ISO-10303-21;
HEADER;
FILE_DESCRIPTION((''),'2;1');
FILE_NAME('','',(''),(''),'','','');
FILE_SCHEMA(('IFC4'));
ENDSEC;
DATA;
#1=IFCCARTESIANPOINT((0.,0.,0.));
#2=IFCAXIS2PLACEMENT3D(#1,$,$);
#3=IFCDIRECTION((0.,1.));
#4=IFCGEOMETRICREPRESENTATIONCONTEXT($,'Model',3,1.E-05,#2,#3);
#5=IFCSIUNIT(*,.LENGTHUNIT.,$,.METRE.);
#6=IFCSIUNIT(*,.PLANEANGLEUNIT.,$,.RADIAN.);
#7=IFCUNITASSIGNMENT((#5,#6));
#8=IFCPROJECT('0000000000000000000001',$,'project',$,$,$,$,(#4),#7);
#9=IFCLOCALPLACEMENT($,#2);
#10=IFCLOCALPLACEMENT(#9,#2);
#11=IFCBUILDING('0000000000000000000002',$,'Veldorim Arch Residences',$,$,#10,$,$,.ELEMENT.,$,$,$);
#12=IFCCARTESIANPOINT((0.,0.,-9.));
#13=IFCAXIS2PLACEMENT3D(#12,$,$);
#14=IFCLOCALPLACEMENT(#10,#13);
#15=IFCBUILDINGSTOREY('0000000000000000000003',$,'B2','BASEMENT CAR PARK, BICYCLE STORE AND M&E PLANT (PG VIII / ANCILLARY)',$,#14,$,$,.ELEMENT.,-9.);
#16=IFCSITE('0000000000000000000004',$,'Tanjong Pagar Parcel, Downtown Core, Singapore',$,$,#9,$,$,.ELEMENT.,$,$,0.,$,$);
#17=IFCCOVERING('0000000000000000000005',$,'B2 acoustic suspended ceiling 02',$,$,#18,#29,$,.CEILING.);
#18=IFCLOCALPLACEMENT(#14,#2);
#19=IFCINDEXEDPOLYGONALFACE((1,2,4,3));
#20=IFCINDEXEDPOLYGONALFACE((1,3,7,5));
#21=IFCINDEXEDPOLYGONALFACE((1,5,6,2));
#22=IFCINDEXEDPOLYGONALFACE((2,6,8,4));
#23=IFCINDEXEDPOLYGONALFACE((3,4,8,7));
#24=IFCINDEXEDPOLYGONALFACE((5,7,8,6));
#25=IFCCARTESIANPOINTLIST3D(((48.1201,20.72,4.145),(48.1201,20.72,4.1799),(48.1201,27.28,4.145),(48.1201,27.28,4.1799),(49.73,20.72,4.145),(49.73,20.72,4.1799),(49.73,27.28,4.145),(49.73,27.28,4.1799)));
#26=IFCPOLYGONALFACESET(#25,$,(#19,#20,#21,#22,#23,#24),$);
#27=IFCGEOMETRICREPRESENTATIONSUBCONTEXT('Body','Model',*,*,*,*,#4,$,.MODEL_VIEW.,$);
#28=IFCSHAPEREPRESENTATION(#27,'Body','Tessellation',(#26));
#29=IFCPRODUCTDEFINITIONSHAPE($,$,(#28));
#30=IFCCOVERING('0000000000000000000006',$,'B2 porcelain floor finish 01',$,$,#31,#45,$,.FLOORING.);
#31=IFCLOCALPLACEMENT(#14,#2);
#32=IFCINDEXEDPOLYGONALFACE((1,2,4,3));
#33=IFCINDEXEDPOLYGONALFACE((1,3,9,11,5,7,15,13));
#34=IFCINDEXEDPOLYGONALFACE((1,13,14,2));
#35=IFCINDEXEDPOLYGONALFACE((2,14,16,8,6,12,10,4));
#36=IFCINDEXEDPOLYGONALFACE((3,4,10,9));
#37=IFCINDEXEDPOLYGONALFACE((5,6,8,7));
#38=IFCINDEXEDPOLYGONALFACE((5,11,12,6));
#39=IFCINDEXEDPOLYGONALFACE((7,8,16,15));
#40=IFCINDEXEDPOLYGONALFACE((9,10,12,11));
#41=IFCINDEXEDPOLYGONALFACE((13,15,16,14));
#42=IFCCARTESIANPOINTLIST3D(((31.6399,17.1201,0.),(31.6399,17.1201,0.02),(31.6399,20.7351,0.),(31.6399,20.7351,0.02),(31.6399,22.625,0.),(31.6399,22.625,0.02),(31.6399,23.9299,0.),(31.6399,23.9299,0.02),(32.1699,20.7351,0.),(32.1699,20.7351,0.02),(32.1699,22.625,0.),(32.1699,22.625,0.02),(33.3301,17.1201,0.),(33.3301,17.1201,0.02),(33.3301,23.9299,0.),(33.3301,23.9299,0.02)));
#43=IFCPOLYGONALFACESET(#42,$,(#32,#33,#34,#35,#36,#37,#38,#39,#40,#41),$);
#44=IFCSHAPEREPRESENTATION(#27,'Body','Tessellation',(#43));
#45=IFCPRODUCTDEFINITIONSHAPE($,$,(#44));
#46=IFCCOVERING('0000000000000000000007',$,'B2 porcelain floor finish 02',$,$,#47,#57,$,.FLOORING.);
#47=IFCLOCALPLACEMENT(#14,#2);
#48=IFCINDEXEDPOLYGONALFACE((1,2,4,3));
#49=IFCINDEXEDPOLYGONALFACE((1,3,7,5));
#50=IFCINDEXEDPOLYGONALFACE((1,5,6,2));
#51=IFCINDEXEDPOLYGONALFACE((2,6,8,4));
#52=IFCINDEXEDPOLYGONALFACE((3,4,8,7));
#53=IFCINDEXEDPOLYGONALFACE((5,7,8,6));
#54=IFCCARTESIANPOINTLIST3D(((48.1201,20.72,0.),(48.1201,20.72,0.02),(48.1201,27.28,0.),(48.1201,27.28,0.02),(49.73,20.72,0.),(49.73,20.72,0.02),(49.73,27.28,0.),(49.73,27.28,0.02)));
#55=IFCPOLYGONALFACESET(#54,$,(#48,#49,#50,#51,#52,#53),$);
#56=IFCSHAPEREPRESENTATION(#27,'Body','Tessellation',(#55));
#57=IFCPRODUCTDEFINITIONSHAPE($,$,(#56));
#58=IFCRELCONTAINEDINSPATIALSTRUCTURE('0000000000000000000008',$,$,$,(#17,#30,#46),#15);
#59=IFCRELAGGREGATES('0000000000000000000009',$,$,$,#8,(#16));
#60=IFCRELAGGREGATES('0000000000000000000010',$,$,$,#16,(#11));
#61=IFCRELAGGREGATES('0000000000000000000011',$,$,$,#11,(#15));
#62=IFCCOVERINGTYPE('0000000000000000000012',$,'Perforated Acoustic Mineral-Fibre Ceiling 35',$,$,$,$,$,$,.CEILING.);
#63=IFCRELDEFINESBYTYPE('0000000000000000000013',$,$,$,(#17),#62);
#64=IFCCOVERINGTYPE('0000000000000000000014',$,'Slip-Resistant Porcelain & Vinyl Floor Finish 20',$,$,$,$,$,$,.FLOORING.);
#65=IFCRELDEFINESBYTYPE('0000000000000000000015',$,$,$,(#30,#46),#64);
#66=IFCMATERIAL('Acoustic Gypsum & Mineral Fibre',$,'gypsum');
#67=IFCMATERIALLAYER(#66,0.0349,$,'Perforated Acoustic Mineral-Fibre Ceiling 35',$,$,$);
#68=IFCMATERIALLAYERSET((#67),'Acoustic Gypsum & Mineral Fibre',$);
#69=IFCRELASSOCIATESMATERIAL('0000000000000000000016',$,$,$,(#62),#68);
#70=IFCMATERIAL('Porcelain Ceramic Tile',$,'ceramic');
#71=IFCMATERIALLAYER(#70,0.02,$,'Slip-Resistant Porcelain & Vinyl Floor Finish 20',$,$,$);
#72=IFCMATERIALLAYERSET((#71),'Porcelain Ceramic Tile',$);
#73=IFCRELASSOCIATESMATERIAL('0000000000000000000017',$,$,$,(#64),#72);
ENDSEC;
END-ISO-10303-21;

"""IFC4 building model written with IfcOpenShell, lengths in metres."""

from ifc_helpers import new_model, si_unit, direction, frame, origin, place, context, subcontext, project, spatial, polyline, outline, extrude, material, layer, layer_set, type_object, element, save


model = new_model("IFC4")

# Units and contexts
model_context = context("Model", 3, precision=1e-05, world=origin(), true_north=direction((0.0, 1.0)))
body_context = subcontext(model_context, "Body", "Model", "MODEL_VIEW")
ifc_project = project(units=[si_unit("LENGTHUNIT", "METRE"), si_unit("PLANEANGLEUNIT", "RADIAN")], contexts=[model_context])

# Site, building, storey
site_placement = place(None, origin())
site = spatial("IfcSite", under=ifc_project, at=site_placement, Name="Tanjong Pagar Parcel, Downtown Core, Singapore", CompositionType="ELEMENT", RefElevation=0.0)
building_placement = place(site_placement, origin())
building = spatial("IfcBuilding", under=site, at=building_placement, Name="Veldorim Arch Residences", CompositionType="ELEMENT")
storey_placement = place(building_placement, frame((0.0, 0.0, -9.0)))
storey = spatial("IfcBuildingStorey", under=building, at=storey_placement, Name="B2", Description="BASEMENT CAR PARK, BICYCLE STORE AND M&E PLANT (PG VIII / ANCILLARY)", CompositionType="ELEMENT", Elevation=-9.0)

# Coverings
ifc_material_1 = material(Name="Acoustic Gypsum & Mineral Fibre", Category="gypsum")
ifc_layer_1 = layer(ifc_material_1, 0.0349, Name="Perforated Acoustic Mineral-Fibre Ceiling 35")
ifc_layer_set_1 = layer_set([ifc_layer_1], Name="Acoustic Gypsum & Mineral Fibre")
covering_type_1 = type_object("IfcCoveringType", Name="Perforated Acoustic Mineral-Fibre Ceiling 35", PredefinedType="CEILING", material=ifc_layer_set_1)
covering_1_placement = place(storey_placement, frame((0.0, 0.0, 4.145)))
element("IfcCovering", 1, at=covering_1_placement, inside=storey, type_object=covering_type_1, Name="B2 acoustic suspended ceiling 02", PredefinedType="CEILING", context=body_context, shape_type="SweptSolid", body=[
    extrude(outline(polyline([(49.73, 20.72), (48.1201, 20.72), (48.1201, 27.28), (49.73, 27.28), (49.73, 20.72)])), origin(), (0.0, 0.0, 1.0), 0.0349),
])
ifc_material_2 = material(Name="Porcelain Ceramic Tile", Category="ceramic")
ifc_layer_2 = layer(ifc_material_2, 0.02, Name="Slip-Resistant Porcelain & Vinyl Floor Finish 20")
ifc_layer_set_2 = layer_set([ifc_layer_2], Name="Porcelain Ceramic Tile")
covering_type_2 = type_object("IfcCoveringType", Name="Slip-Resistant Porcelain & Vinyl Floor Finish 20", PredefinedType="FLOORING", material=ifc_layer_set_2)
covering_2_placement = place(storey_placement, origin())
element("IfcCovering", 2, at=covering_2_placement, inside=storey, type_object=covering_type_2, Name="B2 porcelain floor finish 01", PredefinedType="FLOORING", context=body_context, shape_type="SweptSolid", body=[
    extrude(outline(polyline([(33.3301, 23.9299), (33.3301, 17.1201), (31.6399, 17.1201), (31.6399, 20.7351), (32.1699, 20.7351), (32.1699, 22.625), (31.6399, 22.625), (31.6399, 23.9299), (33.3301, 23.9299)])), origin(), (0.0, 0.0, 1.0), 0.02),
])
covering_3_placement = place(storey_placement, origin())
element("IfcCovering", 3, at=covering_3_placement, inside=storey, type_object=covering_type_2, Name="B2 porcelain floor finish 02", PredefinedType="FLOORING", context=body_context, shape_type="SweptSolid", body=[
    extrude(outline(polyline([(49.73, 20.72), (48.1201, 20.72), (48.1201, 27.28), (49.73, 27.28), (49.73, 20.72)])), origin(), (0.0, 0.0, 1.0), 0.02),
])

save(model, "model.ifc")
